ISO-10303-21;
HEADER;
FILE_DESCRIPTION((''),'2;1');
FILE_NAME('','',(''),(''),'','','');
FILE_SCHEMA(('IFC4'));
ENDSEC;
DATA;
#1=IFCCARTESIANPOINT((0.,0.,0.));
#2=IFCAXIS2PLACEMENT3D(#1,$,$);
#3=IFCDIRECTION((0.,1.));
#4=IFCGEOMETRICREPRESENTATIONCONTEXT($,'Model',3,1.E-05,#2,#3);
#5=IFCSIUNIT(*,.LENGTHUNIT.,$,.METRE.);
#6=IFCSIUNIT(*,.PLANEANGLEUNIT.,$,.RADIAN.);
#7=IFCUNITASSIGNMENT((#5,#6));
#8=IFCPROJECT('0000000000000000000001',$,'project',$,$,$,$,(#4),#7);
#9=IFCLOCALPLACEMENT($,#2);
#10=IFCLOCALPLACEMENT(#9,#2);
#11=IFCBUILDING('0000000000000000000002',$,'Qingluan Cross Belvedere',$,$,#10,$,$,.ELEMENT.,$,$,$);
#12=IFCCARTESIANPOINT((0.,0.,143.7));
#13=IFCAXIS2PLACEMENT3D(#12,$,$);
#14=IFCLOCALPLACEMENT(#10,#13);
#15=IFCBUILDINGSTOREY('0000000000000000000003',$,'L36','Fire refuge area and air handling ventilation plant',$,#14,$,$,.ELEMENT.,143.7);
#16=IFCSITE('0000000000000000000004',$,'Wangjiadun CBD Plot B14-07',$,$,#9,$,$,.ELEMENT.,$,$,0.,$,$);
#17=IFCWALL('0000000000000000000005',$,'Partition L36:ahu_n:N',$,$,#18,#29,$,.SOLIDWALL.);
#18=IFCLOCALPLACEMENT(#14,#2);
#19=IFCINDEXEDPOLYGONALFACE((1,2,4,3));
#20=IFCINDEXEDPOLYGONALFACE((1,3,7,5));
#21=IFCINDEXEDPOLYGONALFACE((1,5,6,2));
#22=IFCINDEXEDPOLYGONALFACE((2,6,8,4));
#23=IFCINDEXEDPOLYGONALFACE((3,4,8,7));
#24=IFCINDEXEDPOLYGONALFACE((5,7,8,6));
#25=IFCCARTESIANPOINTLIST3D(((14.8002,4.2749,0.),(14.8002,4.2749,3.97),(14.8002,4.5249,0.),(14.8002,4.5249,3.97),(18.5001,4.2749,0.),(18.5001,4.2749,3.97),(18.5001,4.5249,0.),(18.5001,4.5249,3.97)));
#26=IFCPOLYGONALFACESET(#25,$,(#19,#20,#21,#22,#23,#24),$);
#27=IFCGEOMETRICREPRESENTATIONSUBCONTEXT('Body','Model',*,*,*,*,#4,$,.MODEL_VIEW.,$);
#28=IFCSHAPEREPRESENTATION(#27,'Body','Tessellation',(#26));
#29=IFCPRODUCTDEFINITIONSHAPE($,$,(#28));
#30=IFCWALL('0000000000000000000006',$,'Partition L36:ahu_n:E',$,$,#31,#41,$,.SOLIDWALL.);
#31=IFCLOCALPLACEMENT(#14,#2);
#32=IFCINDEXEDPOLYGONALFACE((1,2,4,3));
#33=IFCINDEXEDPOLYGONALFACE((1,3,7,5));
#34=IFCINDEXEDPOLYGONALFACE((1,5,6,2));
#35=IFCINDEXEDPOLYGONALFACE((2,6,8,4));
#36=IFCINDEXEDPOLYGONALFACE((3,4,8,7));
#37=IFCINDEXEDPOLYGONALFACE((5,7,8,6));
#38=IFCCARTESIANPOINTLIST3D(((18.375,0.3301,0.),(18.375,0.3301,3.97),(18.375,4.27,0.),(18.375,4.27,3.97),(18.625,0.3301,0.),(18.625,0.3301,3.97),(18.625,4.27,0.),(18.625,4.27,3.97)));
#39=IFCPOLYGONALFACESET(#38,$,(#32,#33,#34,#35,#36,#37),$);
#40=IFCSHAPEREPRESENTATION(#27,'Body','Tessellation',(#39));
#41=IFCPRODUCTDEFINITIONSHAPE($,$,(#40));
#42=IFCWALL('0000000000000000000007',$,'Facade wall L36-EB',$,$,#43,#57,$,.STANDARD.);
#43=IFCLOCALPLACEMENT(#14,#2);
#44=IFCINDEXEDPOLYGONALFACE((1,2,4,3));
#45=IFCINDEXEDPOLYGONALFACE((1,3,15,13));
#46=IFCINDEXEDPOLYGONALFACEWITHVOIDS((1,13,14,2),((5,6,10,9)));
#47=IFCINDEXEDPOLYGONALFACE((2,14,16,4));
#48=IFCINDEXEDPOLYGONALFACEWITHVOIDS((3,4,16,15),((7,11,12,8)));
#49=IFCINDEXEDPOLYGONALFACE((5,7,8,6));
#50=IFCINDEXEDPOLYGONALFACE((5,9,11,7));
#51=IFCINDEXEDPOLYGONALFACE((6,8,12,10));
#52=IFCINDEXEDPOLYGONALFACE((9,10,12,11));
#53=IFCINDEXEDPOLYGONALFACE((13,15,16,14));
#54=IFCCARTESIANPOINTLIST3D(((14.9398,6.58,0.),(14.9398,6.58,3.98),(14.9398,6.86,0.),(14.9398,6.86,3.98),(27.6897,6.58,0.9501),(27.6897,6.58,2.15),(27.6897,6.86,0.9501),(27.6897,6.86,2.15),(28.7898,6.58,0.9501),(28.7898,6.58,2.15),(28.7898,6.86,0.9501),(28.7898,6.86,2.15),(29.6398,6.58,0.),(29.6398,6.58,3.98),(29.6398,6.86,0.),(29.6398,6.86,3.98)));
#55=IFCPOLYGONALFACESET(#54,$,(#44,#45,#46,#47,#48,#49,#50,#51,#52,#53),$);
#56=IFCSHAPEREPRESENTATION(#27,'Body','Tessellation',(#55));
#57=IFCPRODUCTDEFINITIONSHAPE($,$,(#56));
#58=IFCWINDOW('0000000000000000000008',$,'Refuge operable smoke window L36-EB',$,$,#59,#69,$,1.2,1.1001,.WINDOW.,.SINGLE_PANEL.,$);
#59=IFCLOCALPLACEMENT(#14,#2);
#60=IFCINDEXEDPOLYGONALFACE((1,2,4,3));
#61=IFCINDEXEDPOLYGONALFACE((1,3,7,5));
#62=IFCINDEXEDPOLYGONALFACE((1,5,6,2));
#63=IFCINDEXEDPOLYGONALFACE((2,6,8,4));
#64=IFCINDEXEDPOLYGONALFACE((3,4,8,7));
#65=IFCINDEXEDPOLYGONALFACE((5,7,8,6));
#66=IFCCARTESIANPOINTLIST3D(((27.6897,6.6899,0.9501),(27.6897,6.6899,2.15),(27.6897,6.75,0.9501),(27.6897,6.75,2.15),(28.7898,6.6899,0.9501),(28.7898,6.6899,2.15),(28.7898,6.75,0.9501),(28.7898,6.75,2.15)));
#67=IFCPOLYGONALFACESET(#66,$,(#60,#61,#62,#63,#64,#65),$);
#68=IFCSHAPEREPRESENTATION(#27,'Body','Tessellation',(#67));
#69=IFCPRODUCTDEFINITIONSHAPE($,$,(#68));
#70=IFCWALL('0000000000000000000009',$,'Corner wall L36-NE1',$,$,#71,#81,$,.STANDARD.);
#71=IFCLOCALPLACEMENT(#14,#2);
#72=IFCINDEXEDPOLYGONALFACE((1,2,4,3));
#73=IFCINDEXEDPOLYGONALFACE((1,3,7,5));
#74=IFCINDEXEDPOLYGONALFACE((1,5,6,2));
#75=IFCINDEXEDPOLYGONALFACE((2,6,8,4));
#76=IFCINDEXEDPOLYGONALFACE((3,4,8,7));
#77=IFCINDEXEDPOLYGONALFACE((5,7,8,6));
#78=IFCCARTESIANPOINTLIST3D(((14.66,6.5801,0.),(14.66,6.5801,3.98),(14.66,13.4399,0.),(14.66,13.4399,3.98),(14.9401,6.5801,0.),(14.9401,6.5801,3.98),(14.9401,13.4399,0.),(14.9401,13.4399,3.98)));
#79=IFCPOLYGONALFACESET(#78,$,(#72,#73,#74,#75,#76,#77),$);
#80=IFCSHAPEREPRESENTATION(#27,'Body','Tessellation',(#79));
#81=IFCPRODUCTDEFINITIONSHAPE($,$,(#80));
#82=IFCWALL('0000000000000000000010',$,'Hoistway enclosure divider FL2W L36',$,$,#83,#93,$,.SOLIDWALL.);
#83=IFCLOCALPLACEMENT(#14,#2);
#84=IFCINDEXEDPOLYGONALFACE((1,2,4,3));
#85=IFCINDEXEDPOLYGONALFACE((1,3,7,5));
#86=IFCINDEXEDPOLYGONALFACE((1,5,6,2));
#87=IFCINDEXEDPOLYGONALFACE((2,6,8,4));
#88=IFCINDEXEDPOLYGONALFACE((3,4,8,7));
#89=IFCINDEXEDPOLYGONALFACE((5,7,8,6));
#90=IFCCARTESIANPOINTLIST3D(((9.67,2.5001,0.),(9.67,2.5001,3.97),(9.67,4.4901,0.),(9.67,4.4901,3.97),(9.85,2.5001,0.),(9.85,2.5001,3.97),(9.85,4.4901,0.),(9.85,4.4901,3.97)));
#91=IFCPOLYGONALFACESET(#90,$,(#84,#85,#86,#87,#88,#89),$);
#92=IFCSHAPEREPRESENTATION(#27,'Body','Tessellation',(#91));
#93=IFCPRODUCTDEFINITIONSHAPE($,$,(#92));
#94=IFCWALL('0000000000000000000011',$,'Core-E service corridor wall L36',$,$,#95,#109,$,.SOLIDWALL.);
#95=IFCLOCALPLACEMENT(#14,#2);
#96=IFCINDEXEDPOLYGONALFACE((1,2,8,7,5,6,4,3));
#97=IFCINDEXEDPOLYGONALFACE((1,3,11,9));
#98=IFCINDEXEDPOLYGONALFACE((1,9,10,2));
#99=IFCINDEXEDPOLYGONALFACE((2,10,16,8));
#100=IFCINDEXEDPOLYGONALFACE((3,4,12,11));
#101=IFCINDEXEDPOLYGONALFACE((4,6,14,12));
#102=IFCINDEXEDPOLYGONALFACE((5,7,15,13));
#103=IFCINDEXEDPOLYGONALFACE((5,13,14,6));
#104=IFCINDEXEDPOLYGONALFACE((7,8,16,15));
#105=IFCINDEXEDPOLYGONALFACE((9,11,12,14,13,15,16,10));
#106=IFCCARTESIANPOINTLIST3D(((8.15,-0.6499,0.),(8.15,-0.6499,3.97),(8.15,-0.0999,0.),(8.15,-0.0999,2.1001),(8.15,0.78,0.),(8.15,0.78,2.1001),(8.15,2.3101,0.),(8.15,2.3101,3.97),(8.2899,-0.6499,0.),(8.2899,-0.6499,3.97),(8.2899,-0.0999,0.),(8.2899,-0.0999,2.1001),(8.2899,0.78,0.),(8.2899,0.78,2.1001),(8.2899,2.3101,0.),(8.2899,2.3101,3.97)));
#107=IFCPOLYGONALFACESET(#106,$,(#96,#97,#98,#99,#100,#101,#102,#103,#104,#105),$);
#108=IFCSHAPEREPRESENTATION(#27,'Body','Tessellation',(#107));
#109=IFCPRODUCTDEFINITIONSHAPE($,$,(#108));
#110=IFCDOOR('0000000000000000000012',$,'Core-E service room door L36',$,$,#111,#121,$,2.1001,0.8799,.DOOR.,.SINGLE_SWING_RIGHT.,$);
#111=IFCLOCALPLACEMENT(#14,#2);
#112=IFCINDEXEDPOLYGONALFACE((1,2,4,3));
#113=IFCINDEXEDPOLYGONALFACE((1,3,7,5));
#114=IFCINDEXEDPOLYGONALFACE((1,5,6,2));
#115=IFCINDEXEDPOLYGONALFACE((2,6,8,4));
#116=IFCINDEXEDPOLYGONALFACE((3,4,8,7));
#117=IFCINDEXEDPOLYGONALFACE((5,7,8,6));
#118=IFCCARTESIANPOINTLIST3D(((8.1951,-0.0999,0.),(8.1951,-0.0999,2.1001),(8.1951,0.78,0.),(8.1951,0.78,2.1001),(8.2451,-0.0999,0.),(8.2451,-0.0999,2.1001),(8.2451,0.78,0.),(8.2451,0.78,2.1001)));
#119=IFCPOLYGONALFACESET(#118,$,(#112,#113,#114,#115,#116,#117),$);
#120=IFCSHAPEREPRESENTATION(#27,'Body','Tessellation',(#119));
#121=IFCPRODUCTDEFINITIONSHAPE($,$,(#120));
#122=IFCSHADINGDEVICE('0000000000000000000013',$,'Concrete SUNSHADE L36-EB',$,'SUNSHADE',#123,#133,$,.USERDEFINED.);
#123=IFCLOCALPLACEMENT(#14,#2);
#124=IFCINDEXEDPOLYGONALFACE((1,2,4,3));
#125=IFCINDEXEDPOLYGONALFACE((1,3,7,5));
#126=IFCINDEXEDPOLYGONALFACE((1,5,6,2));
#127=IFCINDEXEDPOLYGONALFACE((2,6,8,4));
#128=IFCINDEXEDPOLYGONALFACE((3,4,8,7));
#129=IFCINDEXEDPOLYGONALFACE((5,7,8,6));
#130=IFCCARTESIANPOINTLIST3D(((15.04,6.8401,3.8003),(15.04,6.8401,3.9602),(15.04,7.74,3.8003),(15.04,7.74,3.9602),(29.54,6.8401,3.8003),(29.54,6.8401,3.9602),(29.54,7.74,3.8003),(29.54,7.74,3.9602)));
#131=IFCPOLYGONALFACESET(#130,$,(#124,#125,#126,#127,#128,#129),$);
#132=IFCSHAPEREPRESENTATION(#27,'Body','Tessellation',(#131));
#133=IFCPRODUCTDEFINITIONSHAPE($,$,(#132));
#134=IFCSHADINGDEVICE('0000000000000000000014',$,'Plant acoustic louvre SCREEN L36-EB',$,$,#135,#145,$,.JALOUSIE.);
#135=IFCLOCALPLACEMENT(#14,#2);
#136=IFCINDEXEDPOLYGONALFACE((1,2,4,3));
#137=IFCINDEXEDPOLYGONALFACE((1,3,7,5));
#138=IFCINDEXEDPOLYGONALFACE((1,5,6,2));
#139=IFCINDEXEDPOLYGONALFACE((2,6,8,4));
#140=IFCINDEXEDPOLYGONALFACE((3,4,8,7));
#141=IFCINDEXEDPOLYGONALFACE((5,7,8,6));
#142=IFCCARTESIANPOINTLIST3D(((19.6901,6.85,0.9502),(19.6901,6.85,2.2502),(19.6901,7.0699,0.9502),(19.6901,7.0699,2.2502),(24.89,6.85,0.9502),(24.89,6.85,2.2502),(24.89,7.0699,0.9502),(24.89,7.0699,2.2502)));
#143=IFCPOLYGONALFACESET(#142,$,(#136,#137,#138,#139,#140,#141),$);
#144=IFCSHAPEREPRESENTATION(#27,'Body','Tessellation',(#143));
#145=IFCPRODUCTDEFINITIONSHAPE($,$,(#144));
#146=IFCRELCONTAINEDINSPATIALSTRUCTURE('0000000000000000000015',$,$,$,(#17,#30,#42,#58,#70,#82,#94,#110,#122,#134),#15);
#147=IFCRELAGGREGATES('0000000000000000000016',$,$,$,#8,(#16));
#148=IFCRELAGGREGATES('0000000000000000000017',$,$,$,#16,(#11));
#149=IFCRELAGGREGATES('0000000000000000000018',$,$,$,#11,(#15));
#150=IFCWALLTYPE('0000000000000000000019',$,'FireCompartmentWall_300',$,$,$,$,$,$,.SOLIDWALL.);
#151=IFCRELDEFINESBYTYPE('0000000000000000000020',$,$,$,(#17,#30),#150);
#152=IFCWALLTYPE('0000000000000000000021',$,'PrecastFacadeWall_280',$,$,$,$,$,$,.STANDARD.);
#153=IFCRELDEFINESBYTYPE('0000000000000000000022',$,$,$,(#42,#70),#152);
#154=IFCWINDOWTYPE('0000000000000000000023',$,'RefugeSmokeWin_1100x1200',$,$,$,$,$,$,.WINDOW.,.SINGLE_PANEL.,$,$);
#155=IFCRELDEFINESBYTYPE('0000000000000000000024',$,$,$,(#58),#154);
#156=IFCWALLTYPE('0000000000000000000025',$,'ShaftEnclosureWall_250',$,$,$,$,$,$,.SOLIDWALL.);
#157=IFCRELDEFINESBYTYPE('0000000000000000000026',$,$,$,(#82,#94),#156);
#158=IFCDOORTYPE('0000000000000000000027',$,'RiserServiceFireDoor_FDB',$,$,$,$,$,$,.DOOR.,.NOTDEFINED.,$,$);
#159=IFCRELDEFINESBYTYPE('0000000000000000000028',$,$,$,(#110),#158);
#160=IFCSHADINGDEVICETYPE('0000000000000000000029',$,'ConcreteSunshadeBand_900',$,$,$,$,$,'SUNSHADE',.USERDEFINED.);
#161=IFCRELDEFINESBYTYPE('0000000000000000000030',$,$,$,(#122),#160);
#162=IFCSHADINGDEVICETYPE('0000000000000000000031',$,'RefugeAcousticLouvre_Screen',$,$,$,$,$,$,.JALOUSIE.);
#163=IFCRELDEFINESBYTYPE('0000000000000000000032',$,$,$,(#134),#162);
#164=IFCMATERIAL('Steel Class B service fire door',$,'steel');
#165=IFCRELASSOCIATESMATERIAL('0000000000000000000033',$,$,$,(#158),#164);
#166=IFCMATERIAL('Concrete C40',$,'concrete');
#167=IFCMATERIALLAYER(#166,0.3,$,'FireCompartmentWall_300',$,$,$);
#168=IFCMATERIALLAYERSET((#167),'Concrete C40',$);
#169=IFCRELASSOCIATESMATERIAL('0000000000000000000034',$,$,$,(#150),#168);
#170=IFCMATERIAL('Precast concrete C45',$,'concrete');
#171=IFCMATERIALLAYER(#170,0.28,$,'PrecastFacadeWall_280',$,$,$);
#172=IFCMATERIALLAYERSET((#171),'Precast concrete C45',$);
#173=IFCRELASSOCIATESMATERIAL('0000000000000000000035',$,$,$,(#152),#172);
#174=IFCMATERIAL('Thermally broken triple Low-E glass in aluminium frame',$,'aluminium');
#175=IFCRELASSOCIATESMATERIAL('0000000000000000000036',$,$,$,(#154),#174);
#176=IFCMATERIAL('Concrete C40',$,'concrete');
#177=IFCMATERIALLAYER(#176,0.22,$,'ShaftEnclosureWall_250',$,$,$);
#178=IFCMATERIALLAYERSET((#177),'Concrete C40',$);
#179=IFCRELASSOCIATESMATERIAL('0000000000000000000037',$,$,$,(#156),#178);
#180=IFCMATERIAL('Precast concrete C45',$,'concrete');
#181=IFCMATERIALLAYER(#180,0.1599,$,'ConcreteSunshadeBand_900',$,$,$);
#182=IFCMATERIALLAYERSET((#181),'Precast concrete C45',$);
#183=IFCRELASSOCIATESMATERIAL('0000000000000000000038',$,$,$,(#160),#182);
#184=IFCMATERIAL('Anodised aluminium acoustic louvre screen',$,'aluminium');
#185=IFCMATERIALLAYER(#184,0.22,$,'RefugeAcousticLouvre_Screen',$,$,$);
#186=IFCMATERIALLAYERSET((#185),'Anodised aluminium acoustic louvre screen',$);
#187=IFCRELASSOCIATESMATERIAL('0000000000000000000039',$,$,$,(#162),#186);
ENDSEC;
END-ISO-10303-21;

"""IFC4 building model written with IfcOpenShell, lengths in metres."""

from ifc_helpers import new_model, si_unit, direction, frame, frame_2d, origin, origin_2d, place, context, subcontext, project, spatial, rectangle, extrude, material, layer, layer_set, type_object, element, fill, save


model = new_model("IFC4")

# Units and contexts
model_context = context("Model", 3, precision=1e-05, world=origin(), true_north=direction((0.0, 1.0)))
body_context = subcontext(model_context, "Body", "Model", "MODEL_VIEW")
ifc_project = project(units=[si_unit("LENGTHUNIT", "METRE"), si_unit("PLANEANGLEUNIT", "RADIAN")], contexts=[model_context])

# Site, building, storey
site_placement = place(None, origin())
site = spatial("IfcSite", under=ifc_project, at=site_placement, Name="Wangjiadun CBD Plot B14-07", CompositionType="ELEMENT", RefElevation=0.0)
building_placement = place(site_placement, origin())
building = spatial("IfcBuilding", under=site, at=building_placement, Name="Qingluan Cross Belvedere", CompositionType="ELEMENT")
storey_placement = place(building_placement, frame((0.0, 0.0, 143.7)))
storey = spatial("IfcBuildingStorey", under=building, at=storey_placement, Name="L36", Description="Fire refuge area and air handling ventilation plant", CompositionType="ELEMENT", Elevation=143.7)

# Shared definitions
ifc_material_1 = material(Name="Steel Class B service fire door", Category="steel")
door_type_1 = type_object("IfcDoorType", Name="RiserServiceFireDoor_FDB", OperationType="NOTDEFINED", PredefinedType="DOOR", material=ifc_material_1)

# Wall
ifc_material_2 = material(Name="Concrete C40", Category="concrete")
ifc_layer_1 = layer(ifc_material_2, 0.3, Name="FireCompartmentWall_300")
ifc_layer_set_1 = layer_set([ifc_layer_1], Name="Concrete C40")
wall_type_1 = type_object("IfcWallType", Name="FireCompartmentWall_300", PredefinedType="SOLIDWALL", material=ifc_layer_set_1)
for number, where, z_axis, x_axis, name in (
    (1, (14.8, 4.3999, 0.0), (0.0, 0.0, 1.0), (1.0, 0.0, 0.0), "Partition L36:ahu_n:N"),
):
    element("IfcWall", number, at=place(storey_placement, frame(where, z_axis=z_axis, x_axis=x_axis)), inside=storey, type_object=wall_type_1, Name=name, PredefinedType="SOLIDWALL", context=body_context, shape_type="SweptSolid", body=[
        extrude(rectangle(XDim=3.7, YDim=0.25, at=frame_2d((1.8501, 0.0))), origin(), (0.0, 0.0, 1.0), 3.97),
    ])

# Wall
wall_1_placement = place(storey_placement, frame((18.5, 0.3301, 0.0), z_axis=(0.0, 0.0, 1.0), x_axis=(0.0, 1.0, 0.0)))
element("IfcWall", 2, at=wall_1_placement, inside=storey, type_object=wall_type_1, Name="Partition L36:ahu_n:E", PredefinedType="SOLIDWALL", context=body_context, shape_type="SweptSolid", body=[
    extrude(rectangle(XDim=3.9399, YDim=0.25, at=frame_2d((1.97, 0.0))), origin(), (0.0, 0.0, 1.0), 3.97),
])

# Wall, opening, window
ifc_material_3 = material(Name="Precast concrete C45", Category="concrete")
ifc_layer_2 = layer(ifc_material_3, 0.28, Name="PrecastFacadeWall_280")
ifc_layer_set_2 = layer_set([ifc_layer_2], Name="Precast concrete C45")
wall_type_2 = type_object("IfcWallType", Name="PrecastFacadeWall_280", PredefinedType="STANDARD", material=ifc_layer_set_2)
wall_2_placement = place(storey_placement, frame((29.6399, 6.72, 0.0), z_axis=(0.0, 0.0, 1.0), x_axis=(-1.0, 0.0, 0.0)))
wall_2 = element("IfcWall", 3, at=wall_2_placement, inside=storey, type_object=wall_type_2, Name="Facade wall L36-EB", PredefinedType="STANDARD", context=body_context, shape_type="SweptSolid", body=[
    extrude(rectangle(XDim=14.7, YDim=0.28, at=frame_2d((7.3501, 0.0))), origin(), (0.0, 0.0, 1.0), 3.98),
])
opening_1_placement = place(wall_2_placement, frame((0.8501, 0.0, 0.95)))
opening_1 = element("IfcOpeningElement", 4, at=opening_1_placement, cuts=wall_2, PredefinedType="OPENING", context=body_context, shape_type="SweptSolid", body=[
    extrude(rectangle(XDim=1.1001, YDim=1.2, at=frame_2d((0.55, 0.6001))), frame((0.0, 0.1499, 0.0), z_axis=(0.0, -1.0, 0.0), x_axis=(1.0, 0.0, 0.0)), (0.0, 0.0, 1.0), 0.3),
])
ifc_material_4 = material(Name="Thermally broken triple Low-E glass in aluminium frame", Category="aluminium")
window_type = type_object("IfcWindowType", Name="RefugeSmokeWin_1100x1200", PartitioningType="SINGLE_PANEL", PredefinedType="WINDOW", material=ifc_material_4)
window_placement = place(opening_1_placement, origin())
window = element("IfcWindow", 5, at=window_placement, inside=storey, type_object=window_type, Name="Refuge operable smoke window L36-EB", OverallHeight=1.2, OverallWidth=1.1001, PartitioningType="SINGLE_PANEL", PredefinedType="WINDOW", context=body_context, shape_type="SweptSolid", body=[
    extrude(rectangle(XDim=1.1001, YDim=1.2, at=frame_2d((0.55, 0.6001))), frame((0.0, 0.03, 0.0), z_axis=(0.0, -1.0, 0.0), x_axis=(1.0, 0.0, 0.0)), (0.0, 0.0, 1.0), 0.0601),
])
fill(opening_1, window)

# Walls
wall_3_placement = place(storey_placement, frame((14.8, 6.5801, 0.0), z_axis=(0.0, 0.0, 1.0), x_axis=(0.0, 1.0, 0.0)))
element("IfcWall", 6, at=wall_3_placement, inside=storey, type_object=wall_type_2, Name="Corner wall L36-NE1", PredefinedType="STANDARD", context=body_context, shape_type="SweptSolid", body=[
    extrude(rectangle(XDim=6.8599, YDim=0.28, at=frame_2d((3.4299, 0.0))), origin(), (0.0, 0.0, 1.0), 3.98),
])
ifc_material_5 = material(Name="Concrete C40", Category="concrete")
ifc_layer_3 = layer(ifc_material_5, 0.22, Name="ShaftEnclosureWall_250")
ifc_layer_set_3 = layer_set([ifc_layer_3], Name="Concrete C40")
wall_type_3 = type_object("IfcWallType", Name="ShaftEnclosureWall_250", PredefinedType="SOLIDWALL", material=ifc_layer_set_3)
wall_4_placement = place(storey_placement, frame((9.76, 2.5, 0.0), z_axis=(0.0, 0.0, 1.0), x_axis=(0.0, 1.0, 0.0)))
element("IfcWall", 7, at=wall_4_placement, inside=storey, type_object=wall_type_3, Name="Hoistway enclosure divider FL2W L36", PredefinedType="SOLIDWALL", context=body_context, shape_type="SweptSolid", body=[
    extrude(rectangle(XDim=1.99, YDim=0.1799, at=frame_2d((0.9951, 0.0))), origin(), (0.0, 0.0, 1.0), 3.97),
])

# Wall, opening, door
wall_5_placement = place(storey_placement, frame((8.22, -0.6499, 0.0), z_axis=(0.0, 0.0, 1.0), x_axis=(0.0, 1.0, 0.0)))
wall_5 = element("IfcWall", 8, at=wall_5_placement, inside=storey, type_object=wall_type_3, Name="Core-E service corridor wall L36", PredefinedType="SOLIDWALL", context=body_context, shape_type="SweptSolid", body=[
    extrude(rectangle(XDim=2.96, YDim=0.1399, at=frame_2d((1.48, 0.0))), origin(), (0.0, 0.0, 1.0), 3.97),
])
opening_2_placement = place(wall_5_placement, frame((0.55, 0.0, 0.0)))
opening_2 = element("IfcOpeningElement", 9, at=opening_2_placement, cuts=wall_5, PredefinedType="OPENING", context=body_context, shape_type="SweptSolid", body=[
    extrude(rectangle(XDim=0.8799, YDim=2.1001, at=frame_2d((0.4399, 1.05))), frame((0.0, 0.0798, 0.0), z_axis=(0.0, -1.0, 0.0), x_axis=(1.0, 0.0, 0.0)), (0.0, 0.0, 1.0), 0.1599),
])
door_1_placement = place(opening_2_placement, origin())
door_1 = element("IfcDoor", 10, at=door_1_placement, inside=storey, type_object=door_type_1, Name="Core-E service room door L36", OperationType="SINGLE_SWING_RIGHT", OverallHeight=2.1001, OverallWidth=0.8799, PredefinedType="DOOR", context=body_context, shape_type="SweptSolid", body=[
    extrude(rectangle(XDim=0.8799, YDim=2.1001, at=frame_2d((0.4399, 1.05))), frame((0.0, 0.0249, 0.0), z_axis=(0.0, -1.0, 0.0), x_axis=(1.0, 0.0, 0.0)), (0.0, 0.0, 1.0), 0.05),
])
fill(opening_2, door_1)

# Shading devices
ifc_material_6 = material(Name="Precast concrete C45", Category="concrete")
ifc_layer_4 = layer(ifc_material_6, 0.1599, Name="ConcreteSunshadeBand_900")
ifc_layer_set_4 = layer_set([ifc_layer_4], Name="Precast concrete C45")
shading_device_type_1 = type_object("IfcShadingDeviceType", Name="ConcreteSunshadeBand_900", ElementType="SUNSHADE", PredefinedType="USERDEFINED", material=ifc_layer_set_4)
shading_device_1_placement = place(storey_placement, frame((22.29, 7.29, 3.8003), z_axis=(0.0, 0.0, 1.0), x_axis=(-1.0, 0.0, 0.0)))
element("IfcShadingDevice", 11, at=shading_device_1_placement, inside=storey, type_object=shading_device_type_1, Name="Concrete SUNSHADE L36-EB", ObjectType="SUNSHADE", PredefinedType="USERDEFINED", context=body_context, shape_type="SweptSolid", body=[
    extrude(rectangle(XDim=14.5, YDim=0.8999, at=origin_2d()), origin(), (0.0, 0.0, 1.0), 0.1599),
])
ifc_material_7 = material(Name="Anodised aluminium acoustic louvre screen", Category="aluminium")
ifc_layer_5 = layer(ifc_material_7, 0.22, Name="RefugeAcousticLouvre_Screen")
ifc_layer_set_5 = layer_set([ifc_layer_5], Name="Anodised aluminium acoustic louvre screen")
shading_device_type_2 = type_object("IfcShadingDeviceType", Name="RefugeAcousticLouvre_Screen", PredefinedType="JALOUSIE", material=ifc_layer_set_5)
shading_device_2_placement = place(storey_placement, frame((22.29, 6.96, 0.9502), z_axis=(0.0, 0.0, 1.0), x_axis=(-1.0, 0.0, 0.0)))
element("IfcShadingDevice", 12, at=shading_device_2_placement, inside=storey, type_object=shading_device_type_2, Name="Plant acoustic louvre SCREEN L36-EB", PredefinedType="JALOUSIE", context=body_context, shape_type="SweptSolid", body=[
    extrude(rectangle(XDim=5.2, YDim=0.22, at=origin_2d()), origin(), (0.0, 0.0, 1.0), 1.3),
])

save(model, "model.ifc")
